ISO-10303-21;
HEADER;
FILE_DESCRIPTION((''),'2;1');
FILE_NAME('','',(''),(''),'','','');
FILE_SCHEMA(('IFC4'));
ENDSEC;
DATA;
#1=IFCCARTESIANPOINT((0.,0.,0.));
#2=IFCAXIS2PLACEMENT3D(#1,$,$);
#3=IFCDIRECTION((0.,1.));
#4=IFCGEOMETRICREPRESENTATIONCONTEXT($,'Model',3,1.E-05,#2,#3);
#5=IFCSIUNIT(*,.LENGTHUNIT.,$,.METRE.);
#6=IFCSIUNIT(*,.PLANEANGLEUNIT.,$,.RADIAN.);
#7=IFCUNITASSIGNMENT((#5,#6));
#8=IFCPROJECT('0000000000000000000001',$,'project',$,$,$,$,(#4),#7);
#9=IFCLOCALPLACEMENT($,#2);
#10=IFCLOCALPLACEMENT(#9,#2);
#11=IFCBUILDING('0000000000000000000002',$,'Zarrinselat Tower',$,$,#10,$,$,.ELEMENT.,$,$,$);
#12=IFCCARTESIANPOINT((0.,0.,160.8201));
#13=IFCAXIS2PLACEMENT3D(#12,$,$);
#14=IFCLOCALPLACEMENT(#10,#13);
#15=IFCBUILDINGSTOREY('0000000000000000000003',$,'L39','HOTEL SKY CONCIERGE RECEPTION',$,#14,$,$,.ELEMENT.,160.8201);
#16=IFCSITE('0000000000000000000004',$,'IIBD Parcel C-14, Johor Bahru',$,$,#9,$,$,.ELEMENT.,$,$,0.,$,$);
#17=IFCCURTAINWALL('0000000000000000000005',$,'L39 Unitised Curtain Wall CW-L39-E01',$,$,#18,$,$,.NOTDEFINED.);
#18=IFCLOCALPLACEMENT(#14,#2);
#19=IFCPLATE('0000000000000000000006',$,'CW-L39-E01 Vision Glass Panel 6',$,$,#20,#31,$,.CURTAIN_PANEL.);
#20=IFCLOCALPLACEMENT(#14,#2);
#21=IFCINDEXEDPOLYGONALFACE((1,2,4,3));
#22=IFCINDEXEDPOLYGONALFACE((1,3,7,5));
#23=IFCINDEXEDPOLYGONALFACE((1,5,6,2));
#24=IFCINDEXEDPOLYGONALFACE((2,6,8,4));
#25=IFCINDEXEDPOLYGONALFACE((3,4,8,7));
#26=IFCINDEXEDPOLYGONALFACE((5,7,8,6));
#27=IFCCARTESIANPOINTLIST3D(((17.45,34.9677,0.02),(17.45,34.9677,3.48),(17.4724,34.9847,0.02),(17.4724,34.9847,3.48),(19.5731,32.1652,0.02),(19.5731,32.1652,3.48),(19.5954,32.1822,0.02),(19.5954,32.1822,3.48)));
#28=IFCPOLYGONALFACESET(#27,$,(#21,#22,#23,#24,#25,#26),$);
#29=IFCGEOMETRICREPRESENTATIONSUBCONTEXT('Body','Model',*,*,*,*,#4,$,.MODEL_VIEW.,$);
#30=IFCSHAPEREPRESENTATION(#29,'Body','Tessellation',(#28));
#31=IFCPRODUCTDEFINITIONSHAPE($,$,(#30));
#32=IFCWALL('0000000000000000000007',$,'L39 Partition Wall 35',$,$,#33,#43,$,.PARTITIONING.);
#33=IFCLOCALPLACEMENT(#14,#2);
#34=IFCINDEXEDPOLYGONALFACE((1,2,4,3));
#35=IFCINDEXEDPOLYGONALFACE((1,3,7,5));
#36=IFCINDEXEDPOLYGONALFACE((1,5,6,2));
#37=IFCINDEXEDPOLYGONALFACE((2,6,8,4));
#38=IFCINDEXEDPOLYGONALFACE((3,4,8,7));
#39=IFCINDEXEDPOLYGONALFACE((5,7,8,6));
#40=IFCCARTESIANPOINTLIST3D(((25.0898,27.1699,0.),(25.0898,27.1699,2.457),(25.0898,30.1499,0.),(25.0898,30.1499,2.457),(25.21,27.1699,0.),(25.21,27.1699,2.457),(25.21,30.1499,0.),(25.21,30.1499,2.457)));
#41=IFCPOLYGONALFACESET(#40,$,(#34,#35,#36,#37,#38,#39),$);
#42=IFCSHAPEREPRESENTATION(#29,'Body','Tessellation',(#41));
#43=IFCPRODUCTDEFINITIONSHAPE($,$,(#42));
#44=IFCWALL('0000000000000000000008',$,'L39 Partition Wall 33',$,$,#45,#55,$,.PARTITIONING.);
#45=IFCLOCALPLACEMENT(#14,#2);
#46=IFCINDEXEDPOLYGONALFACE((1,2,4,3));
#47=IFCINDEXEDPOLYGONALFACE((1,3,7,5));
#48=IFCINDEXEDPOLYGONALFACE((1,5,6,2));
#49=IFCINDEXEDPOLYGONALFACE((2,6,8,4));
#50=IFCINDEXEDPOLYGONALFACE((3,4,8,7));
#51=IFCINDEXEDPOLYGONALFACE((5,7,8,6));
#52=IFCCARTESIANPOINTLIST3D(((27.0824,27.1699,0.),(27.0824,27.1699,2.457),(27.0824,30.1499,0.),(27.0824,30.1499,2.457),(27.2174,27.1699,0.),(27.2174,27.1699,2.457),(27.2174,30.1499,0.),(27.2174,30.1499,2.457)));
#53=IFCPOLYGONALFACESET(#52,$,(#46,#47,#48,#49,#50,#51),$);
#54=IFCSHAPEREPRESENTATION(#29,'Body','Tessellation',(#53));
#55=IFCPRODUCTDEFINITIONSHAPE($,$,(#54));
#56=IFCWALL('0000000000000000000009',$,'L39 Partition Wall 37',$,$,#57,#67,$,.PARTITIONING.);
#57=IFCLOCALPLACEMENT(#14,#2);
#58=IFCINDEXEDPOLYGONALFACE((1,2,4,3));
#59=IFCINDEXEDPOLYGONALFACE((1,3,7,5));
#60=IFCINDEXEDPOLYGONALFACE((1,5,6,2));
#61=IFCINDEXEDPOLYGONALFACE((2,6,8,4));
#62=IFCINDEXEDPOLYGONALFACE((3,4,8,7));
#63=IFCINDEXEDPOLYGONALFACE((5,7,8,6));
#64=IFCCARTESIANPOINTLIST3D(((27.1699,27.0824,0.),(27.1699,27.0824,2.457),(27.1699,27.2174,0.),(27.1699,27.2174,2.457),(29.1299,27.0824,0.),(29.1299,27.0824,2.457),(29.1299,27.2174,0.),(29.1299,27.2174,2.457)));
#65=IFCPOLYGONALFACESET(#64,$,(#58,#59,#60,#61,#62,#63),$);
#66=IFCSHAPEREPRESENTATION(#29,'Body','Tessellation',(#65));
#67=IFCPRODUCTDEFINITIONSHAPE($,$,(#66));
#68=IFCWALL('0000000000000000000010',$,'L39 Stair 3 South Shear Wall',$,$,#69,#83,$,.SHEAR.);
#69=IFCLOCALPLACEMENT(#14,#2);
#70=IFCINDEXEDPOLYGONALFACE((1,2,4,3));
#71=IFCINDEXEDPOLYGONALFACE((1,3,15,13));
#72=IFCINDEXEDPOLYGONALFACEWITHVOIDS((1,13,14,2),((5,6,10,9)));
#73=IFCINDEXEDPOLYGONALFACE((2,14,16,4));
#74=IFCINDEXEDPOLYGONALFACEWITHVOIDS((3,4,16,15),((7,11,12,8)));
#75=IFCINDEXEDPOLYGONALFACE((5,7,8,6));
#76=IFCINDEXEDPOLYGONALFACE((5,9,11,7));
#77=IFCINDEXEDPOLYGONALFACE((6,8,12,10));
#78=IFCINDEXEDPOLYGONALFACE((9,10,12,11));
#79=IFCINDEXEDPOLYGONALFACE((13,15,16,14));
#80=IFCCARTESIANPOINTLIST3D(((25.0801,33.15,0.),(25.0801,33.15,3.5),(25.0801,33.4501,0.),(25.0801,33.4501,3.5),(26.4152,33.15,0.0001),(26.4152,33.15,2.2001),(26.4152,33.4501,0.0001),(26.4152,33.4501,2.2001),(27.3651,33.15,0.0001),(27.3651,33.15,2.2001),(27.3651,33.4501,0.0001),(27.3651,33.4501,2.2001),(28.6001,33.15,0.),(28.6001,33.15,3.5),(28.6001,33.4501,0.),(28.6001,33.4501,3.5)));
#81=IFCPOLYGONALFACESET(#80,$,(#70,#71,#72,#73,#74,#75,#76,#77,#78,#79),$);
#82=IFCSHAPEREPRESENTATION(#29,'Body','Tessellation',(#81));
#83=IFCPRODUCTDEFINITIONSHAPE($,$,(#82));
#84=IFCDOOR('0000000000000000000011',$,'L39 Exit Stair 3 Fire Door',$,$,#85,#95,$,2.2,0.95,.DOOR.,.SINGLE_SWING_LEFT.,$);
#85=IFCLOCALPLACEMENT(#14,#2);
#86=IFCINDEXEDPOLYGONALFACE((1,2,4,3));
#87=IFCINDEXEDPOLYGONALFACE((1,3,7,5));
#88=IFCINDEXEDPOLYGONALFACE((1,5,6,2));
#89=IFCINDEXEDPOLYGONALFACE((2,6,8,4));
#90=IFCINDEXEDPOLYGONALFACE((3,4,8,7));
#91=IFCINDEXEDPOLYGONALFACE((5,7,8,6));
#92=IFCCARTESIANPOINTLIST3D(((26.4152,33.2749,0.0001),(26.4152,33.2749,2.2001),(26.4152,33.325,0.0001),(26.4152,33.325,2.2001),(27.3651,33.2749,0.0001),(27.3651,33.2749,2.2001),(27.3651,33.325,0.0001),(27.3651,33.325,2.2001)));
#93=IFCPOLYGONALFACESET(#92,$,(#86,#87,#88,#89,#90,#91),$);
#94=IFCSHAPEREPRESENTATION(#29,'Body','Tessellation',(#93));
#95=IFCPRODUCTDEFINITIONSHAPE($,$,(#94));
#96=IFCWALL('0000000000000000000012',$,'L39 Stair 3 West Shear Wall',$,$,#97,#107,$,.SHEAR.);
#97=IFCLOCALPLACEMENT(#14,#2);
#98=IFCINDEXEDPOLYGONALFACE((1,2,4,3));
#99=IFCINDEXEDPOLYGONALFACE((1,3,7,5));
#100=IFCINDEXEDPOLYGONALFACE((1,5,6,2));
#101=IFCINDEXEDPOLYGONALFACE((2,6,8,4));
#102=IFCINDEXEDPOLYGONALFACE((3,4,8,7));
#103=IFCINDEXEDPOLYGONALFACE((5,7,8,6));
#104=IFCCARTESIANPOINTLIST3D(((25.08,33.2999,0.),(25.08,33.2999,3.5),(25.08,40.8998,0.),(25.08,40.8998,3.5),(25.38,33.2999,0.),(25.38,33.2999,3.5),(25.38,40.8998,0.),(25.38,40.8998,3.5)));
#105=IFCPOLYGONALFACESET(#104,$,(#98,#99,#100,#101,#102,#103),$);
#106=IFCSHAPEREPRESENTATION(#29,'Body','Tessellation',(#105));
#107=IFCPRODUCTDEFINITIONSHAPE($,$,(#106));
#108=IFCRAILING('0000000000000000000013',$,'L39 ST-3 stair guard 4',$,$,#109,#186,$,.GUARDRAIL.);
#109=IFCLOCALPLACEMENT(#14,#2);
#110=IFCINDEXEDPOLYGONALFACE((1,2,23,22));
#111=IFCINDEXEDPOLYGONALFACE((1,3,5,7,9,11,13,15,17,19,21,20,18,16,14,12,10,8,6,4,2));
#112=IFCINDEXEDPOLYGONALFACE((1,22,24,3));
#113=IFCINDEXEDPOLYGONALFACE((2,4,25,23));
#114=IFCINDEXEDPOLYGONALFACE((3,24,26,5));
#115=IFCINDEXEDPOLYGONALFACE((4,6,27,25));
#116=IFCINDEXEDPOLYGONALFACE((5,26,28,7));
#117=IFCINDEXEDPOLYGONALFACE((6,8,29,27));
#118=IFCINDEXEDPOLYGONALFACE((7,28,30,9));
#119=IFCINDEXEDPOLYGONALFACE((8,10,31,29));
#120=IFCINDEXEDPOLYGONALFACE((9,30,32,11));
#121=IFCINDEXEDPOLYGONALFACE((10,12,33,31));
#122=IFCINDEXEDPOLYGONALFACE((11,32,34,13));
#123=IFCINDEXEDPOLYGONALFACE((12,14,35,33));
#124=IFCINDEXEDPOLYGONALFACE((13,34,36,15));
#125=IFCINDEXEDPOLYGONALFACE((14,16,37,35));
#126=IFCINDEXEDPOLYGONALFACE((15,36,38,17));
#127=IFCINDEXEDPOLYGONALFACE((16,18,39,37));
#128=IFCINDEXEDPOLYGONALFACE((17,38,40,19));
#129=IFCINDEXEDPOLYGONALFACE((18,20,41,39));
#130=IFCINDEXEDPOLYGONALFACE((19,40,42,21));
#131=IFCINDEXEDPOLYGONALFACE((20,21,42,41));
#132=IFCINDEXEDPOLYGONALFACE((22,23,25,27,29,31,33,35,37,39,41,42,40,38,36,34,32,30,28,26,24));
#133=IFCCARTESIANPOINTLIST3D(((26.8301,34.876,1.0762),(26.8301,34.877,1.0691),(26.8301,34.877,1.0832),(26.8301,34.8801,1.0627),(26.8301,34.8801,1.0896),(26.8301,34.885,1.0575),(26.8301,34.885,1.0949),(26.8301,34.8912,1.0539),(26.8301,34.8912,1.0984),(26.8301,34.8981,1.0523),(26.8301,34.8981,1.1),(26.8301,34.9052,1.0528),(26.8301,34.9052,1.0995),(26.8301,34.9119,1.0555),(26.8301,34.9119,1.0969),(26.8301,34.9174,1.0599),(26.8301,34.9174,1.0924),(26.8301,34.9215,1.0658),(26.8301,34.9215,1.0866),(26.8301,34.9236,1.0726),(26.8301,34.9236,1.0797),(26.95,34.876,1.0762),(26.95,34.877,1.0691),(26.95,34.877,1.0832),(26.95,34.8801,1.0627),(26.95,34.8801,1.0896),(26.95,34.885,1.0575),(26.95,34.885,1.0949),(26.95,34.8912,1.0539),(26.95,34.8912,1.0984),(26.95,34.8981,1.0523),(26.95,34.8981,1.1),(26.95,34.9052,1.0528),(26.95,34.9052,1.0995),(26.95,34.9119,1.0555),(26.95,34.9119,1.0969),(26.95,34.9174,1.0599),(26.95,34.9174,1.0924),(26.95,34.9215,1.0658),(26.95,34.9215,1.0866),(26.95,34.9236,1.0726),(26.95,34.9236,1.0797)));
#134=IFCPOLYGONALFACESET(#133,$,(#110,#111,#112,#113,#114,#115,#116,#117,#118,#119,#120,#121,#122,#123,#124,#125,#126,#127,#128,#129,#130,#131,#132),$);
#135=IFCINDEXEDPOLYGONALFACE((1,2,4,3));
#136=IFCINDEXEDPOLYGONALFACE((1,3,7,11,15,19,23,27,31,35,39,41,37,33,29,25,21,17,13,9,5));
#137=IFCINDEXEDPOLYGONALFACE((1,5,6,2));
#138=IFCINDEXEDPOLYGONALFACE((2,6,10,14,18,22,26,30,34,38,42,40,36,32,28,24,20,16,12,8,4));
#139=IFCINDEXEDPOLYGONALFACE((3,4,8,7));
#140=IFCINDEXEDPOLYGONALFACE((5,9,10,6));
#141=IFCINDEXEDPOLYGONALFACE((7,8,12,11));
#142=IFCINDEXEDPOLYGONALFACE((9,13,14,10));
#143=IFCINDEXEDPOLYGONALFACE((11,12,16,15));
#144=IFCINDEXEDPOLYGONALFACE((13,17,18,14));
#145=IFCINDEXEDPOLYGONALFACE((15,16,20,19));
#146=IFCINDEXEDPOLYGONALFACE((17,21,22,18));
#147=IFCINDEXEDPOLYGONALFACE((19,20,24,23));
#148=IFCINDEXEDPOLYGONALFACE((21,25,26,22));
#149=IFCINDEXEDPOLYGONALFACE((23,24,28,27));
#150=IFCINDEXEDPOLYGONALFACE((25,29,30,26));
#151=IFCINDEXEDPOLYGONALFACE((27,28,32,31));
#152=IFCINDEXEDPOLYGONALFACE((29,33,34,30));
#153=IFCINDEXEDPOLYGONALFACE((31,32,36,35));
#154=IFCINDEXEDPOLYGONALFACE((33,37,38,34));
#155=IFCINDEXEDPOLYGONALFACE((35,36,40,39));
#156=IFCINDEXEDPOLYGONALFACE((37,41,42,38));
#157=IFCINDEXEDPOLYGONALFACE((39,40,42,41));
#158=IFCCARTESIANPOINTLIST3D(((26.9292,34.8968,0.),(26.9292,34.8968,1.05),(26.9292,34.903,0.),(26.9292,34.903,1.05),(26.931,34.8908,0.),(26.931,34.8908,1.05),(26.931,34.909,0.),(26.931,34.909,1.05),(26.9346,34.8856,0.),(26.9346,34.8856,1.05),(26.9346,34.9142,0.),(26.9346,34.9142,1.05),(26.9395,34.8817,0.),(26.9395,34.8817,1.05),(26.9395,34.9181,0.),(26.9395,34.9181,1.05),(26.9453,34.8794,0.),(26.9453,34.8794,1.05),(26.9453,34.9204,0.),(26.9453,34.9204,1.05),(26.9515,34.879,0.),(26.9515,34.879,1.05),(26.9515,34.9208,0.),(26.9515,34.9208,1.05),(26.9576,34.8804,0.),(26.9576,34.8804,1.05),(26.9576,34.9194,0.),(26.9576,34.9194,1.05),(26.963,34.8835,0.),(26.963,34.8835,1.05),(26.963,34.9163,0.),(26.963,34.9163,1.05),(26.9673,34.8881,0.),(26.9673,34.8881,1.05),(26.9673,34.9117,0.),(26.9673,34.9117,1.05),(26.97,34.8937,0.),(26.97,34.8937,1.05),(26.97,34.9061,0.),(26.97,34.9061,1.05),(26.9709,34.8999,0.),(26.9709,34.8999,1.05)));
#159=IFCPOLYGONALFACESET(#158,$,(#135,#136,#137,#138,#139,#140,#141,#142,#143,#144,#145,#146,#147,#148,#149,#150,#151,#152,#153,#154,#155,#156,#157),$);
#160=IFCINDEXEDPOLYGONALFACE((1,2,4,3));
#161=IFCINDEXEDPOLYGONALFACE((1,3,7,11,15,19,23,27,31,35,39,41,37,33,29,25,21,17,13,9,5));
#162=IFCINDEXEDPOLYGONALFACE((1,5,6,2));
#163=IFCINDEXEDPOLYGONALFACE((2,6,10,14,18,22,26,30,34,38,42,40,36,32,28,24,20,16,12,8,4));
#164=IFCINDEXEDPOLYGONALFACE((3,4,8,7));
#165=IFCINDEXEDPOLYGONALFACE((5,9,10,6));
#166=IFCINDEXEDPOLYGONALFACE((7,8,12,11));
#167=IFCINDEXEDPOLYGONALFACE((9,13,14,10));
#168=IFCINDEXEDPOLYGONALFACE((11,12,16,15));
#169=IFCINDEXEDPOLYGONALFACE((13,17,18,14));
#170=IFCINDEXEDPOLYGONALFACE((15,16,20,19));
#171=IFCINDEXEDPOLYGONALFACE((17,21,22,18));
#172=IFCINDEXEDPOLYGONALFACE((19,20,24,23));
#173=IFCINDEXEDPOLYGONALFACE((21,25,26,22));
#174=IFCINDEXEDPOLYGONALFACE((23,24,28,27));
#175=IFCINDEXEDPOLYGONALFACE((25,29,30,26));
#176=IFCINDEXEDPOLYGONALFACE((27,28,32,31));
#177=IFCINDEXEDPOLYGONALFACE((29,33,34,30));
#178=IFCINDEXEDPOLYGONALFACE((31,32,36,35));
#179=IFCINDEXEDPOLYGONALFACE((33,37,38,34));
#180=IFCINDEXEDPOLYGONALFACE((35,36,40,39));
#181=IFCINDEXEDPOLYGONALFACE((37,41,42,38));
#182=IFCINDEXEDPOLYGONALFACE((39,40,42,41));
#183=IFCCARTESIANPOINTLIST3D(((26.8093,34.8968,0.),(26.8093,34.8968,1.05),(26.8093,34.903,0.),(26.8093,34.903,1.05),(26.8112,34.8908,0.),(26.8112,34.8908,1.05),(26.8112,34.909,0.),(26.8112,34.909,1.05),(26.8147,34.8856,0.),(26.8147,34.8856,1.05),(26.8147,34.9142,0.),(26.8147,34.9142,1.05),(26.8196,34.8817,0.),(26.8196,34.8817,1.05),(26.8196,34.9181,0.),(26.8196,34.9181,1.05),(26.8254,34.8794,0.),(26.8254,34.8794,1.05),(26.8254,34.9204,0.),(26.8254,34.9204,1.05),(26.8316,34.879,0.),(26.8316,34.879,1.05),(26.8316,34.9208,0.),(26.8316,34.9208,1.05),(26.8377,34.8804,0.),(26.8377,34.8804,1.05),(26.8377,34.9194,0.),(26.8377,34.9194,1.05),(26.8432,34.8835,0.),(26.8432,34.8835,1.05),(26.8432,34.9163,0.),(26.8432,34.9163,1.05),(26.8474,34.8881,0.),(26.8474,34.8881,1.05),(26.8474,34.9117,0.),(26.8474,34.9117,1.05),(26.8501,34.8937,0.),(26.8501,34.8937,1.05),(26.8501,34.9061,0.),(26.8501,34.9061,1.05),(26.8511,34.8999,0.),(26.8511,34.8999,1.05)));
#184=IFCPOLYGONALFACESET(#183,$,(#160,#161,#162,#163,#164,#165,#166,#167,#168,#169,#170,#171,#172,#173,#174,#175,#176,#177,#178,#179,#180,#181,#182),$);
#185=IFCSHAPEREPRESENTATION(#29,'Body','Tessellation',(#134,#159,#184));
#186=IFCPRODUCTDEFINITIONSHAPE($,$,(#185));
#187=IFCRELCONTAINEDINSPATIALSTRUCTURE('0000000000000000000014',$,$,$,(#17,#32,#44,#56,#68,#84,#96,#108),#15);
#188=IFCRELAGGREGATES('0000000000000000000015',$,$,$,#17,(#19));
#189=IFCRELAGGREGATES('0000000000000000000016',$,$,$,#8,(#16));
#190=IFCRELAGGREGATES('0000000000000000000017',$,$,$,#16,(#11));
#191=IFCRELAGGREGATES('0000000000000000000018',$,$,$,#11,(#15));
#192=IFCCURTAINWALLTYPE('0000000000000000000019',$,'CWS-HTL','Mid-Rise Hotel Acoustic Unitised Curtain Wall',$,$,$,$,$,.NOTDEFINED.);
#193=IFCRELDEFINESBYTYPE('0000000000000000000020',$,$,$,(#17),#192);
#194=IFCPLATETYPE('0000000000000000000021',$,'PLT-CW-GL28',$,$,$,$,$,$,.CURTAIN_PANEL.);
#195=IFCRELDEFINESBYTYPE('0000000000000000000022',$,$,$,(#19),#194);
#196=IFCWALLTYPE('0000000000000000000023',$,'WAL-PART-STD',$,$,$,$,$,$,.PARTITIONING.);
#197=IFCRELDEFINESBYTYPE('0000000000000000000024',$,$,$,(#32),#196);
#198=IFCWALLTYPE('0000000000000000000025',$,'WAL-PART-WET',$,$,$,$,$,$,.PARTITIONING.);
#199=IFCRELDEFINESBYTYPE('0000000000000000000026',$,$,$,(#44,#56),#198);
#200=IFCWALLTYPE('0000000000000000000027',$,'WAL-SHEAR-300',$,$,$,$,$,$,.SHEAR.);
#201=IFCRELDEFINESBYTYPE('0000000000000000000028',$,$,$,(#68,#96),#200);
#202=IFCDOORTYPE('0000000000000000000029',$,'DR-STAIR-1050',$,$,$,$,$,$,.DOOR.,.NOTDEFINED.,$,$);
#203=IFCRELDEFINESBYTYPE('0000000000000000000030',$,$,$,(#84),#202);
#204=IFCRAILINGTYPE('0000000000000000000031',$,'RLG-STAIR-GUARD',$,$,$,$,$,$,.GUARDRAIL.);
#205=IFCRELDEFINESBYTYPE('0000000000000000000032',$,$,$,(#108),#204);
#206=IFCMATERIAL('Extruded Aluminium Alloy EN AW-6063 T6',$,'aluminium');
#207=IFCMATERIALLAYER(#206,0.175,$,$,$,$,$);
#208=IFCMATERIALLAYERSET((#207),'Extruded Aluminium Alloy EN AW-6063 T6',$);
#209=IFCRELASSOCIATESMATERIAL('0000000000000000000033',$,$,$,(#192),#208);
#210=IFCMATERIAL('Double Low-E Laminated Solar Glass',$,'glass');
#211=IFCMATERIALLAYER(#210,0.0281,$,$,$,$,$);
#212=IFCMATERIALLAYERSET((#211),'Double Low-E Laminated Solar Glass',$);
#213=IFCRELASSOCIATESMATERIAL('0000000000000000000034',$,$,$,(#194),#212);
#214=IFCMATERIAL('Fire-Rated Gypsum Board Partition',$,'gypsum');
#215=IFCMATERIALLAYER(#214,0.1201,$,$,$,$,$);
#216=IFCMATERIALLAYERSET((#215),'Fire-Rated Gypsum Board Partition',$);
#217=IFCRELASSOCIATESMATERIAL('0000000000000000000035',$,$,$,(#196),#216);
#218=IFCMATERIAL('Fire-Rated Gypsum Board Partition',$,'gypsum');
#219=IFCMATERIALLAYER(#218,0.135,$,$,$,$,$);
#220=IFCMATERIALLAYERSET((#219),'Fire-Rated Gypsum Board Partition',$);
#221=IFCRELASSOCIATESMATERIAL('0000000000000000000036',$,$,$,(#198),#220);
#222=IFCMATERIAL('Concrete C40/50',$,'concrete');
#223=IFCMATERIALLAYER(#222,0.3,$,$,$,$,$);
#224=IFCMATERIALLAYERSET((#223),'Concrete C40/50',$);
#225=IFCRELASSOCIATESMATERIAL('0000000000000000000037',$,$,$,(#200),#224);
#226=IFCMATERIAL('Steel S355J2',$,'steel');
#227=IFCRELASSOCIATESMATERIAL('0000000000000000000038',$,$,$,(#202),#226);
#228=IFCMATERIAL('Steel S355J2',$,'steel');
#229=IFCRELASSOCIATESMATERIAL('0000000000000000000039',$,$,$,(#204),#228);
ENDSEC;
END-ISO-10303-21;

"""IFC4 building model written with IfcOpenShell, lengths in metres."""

from ifc_helpers import new_model, si_unit, direction, frame, frame_2d, origin, origin_2d, place, context, subcontext, project, spatial, rectangle, circle, extrude, material, layer, layer_set, type_object, element, fill, aggregate, save


model = new_model("IFC4")

# Units and contexts
model_context = context("Model", 3, precision=1e-05, world=origin(), true_north=direction((0.0, 1.0)))
body_context = subcontext(model_context, "Body", "Model", "MODEL_VIEW")
ifc_project = project(units=[si_unit("LENGTHUNIT", "METRE"), si_unit("PLANEANGLEUNIT", "RADIAN")], contexts=[model_context])

# Site, building, storey
site_placement = place(None, origin())
site = spatial("IfcSite", under=ifc_project, at=site_placement, Name="IIBD Parcel C-14, Johor Bahru", CompositionType="ELEMENT", RefElevation=0.0)
building_placement = place(site_placement, origin())
building = spatial("IfcBuilding", under=site, at=building_placement, Name="Zarrinselat Tower", CompositionType="ELEMENT")
storey_placement = place(building_placement, frame((0.0, 0.0, 160.8201)))
storey = spatial("IfcBuildingStorey", under=building, at=storey_placement, Name="L39", Description="HOTEL SKY CONCIERGE RECEPTION", CompositionType="ELEMENT", Elevation=160.8201)

# Curtain wall, plate
ifc_material_1 = material(Name="Extruded Aluminium Alloy EN AW-6063 T6", Category="aluminium")
ifc_layer_1 = layer(ifc_material_1, 0.175)
ifc_layer_set_1 = layer_set([ifc_layer_1], Name="Extruded Aluminium Alloy EN AW-6063 T6")
curtain_wall_type = type_object("IfcCurtainWallType", Name="CWS-HTL", Description="Mid-Rise Hotel Acoustic Unitised Curtain Wall", PredefinedType="NOTDEFINED", material=ifc_layer_set_1)
curtain_wall_placement = place(storey_placement, origin())
curtain_wall = element("IfcCurtainWall", 1, at=curtain_wall_placement, inside=storey, type_object=curtain_wall_type, Name="L39 Unitised Curtain Wall CW-L39-E01", PredefinedType="NOTDEFINED")
ifc_material_2 = material(Name="Double Low-E Laminated Solar Glass", Category="glass")
ifc_layer_2 = layer(ifc_material_2, 0.0281)
ifc_layer_set_2 = layer_set([ifc_layer_2], Name="Double Low-E Laminated Solar Glass")
plate_type = type_object("IfcPlateType", Name="PLT-CW-GL28", PredefinedType="CURTAIN_PANEL", material=ifc_layer_set_2)
plate_1_placement = place(storey_placement, frame((18.5227, 33.575, 0.02), z_axis=(0.0, 0.0, 1.0), x_axis=(-0.603858, 0.797092, 0.0)))
plate_1 = element("IfcPlate", 2, at=plate_1_placement, type_object=plate_type, Name="CW-L39-E01 Vision Glass Panel 6", PredefinedType="CURTAIN_PANEL", context=body_context, shape_type="SweptSolid", body=[
    extrude(rectangle(XDim=3.5159, YDim=0.0281, at=origin_2d()), origin(), (0.0, 0.0, 1.0), 3.46),
])
aggregate(curtain_wall, [plate_1])

# Walls
ifc_material_3 = material(Name="Fire-Rated Gypsum Board Partition", Category="gypsum")
ifc_layer_3 = layer(ifc_material_3, 0.1201)
ifc_layer_set_3 = layer_set([ifc_layer_3], Name="Fire-Rated Gypsum Board Partition")
wall_type_1 = type_object("IfcWallType", Name="WAL-PART-STD", PredefinedType="PARTITIONING", material=ifc_layer_set_3)
wall_1_placement = place(storey_placement, frame((25.1499, 27.1699, 0.0), z_axis=(0.0, 0.0, 1.0), x_axis=(0.0, 1.0, 0.0)))
element("IfcWall", 3, at=wall_1_placement, inside=storey, type_object=wall_type_1, Name="L39 Partition Wall 35", PredefinedType="PARTITIONING", context=body_context, shape_type="SweptSolid", body=[
    extrude(rectangle(XDim=2.98, YDim=0.1201, at=frame_2d((1.49, 0.0))), origin(), (0.0, 0.0, 1.0), 2.457),
])
ifc_material_4 = material(Name="Fire-Rated Gypsum Board Partition", Category="gypsum")
ifc_layer_4 = layer(ifc_material_4, 0.135)
ifc_layer_set_4 = layer_set([ifc_layer_4], Name="Fire-Rated Gypsum Board Partition")
wall_type_2 = type_object("IfcWallType", Name="WAL-PART-WET", PredefinedType="PARTITIONING", material=ifc_layer_set_4)
wall_2_placement = place(storey_placement, frame((27.1499, 27.1699, 0.0), z_axis=(0.0, 0.0, 1.0), x_axis=(0.0, 1.0, 0.0)))
element("IfcWall", 4, at=wall_2_placement, inside=storey, type_object=wall_type_2, Name="L39 Partition Wall 33", PredefinedType="PARTITIONING", context=body_context, shape_type="SweptSolid", body=[
    extrude(rectangle(XDim=2.98, YDim=0.135, at=frame_2d((1.49, 0.0))), origin(), (0.0, 0.0, 1.0), 2.457),
])
wall_3_placement = place(storey_placement, frame((27.1699, 27.1499, 0.0), z_axis=(0.0, 0.0, 1.0), x_axis=(1.0, 0.0, 0.0)))
element("IfcWall", 5, at=wall_3_placement, inside=storey, type_object=wall_type_2, Name="L39 Partition Wall 37", PredefinedType="PARTITIONING", context=body_context, shape_type="SweptSolid", body=[
    extrude(rectangle(XDim=1.96, YDim=0.135, at=frame_2d((0.98, 0.0))), origin(), (0.0, 0.0, 1.0), 2.457),
])

# Wall, opening, door
ifc_material_5 = material(Name="Concrete C40/50", Category="concrete")
ifc_layer_5 = layer(ifc_material_5, 0.3)
ifc_layer_set_5 = layer_set([ifc_layer_5], Name="Concrete C40/50")
wall_type_3 = type_object("IfcWallType", Name="WAL-SHEAR-300", PredefinedType="SHEAR", material=ifc_layer_set_5)
wall_4_placement = place(storey_placement, frame((25.0801, 33.3, 0.0), z_axis=(0.0, 0.0, 1.0), x_axis=(1.0, 0.0, 0.0)))
wall_4 = element("IfcWall", 6, at=wall_4_placement, inside=storey, type_object=wall_type_3, Name="L39 Stair 3 South Shear Wall", PredefinedType="SHEAR", context=body_context, shape_type="SweptSolid", body=[
    extrude(rectangle(XDim=3.52, YDim=0.3, at=frame_2d((1.76, 0.0))), origin(), (0.0, 0.0, 1.0), 3.5),
])
opening_1_placement = place(wall_4_placement, frame((1.335, 0.0, 0.0)))
opening_1 = element("IfcOpeningElement", 7, at=opening_1_placement, cuts=wall_4, PredefinedType="OPENING", context=body_context, shape_type="SweptSolid", body=[
    extrude(rectangle(XDim=0.95, YDim=2.2, at=frame_2d((0.4751, 1.1001))), frame((0.0, 0.1599, 0.0), z_axis=(0.0, -1.0, 0.0), x_axis=(1.0, 0.0, 0.0)), (0.0, 0.0, 1.0), 0.3201),
])
ifc_material_6 = material(Name="Steel S355J2", Category="steel")
door_type_1 = type_object("IfcDoorType", Name="DR-STAIR-1050", OperationType="NOTDEFINED", PredefinedType="DOOR", material=ifc_material_6)
door_1_placement = place(opening_1_placement, origin())
door_1 = element("IfcDoor", 8, at=door_1_placement, inside=storey, type_object=door_type_1, Name="L39 Exit Stair 3 Fire Door", OperationType="SINGLE_SWING_LEFT", OverallHeight=2.2, OverallWidth=0.95, PredefinedType="DOOR", context=body_context, shape_type="SweptSolid", body=[
    extrude(rectangle(XDim=0.95, YDim=2.2, at=frame_2d((0.4751, 1.1001))), frame((0.0, 0.0249, 0.0), z_axis=(0.0, -1.0, 0.0), x_axis=(1.0, 0.0, 0.0)), (0.0, 0.0, 1.0), 0.05),
])
fill(opening_1, door_1)

# Wall
wall_5_placement = place(storey_placement, frame((25.23, 33.3, 0.0), z_axis=(0.0, 0.0, 1.0), x_axis=(0.0, 1.0, 0.0)))
element("IfcWall", 9, at=wall_5_placement, inside=storey, type_object=wall_type_3, Name="L39 Stair 3 West Shear Wall", PredefinedType="SHEAR", context=body_context, shape_type="SweptSolid", body=[
    extrude(rectangle(XDim=7.5999, YDim=0.3, at=frame_2d((3.7998, 0.0))), origin(), (0.0, 0.0, 1.0), 3.5),
])

# Railing
ifc_material_7 = material(Name="Steel S355J2", Category="steel")
railing_type = type_object("IfcRailingType", Name="RLG-STAIR-GUARD", PredefinedType="GUARDRAIL", material=ifc_material_7)
railing_placement = place(storey_placement, frame((26.95, 34.8999, 0.0)))
element("IfcRailing", 10, at=railing_placement, inside=storey, type_object=railing_type, Name="L39 ST-3 stair guard 4", PredefinedType="GUARDRAIL", context=body_context, shape_type="SweptSolid", body=[
    extrude(circle(Radius=0.0239, at=origin_2d()), frame((0.0, 0.0, 1.0762), z_axis=(-1.0, 0.0, 0.0), x_axis=(0.0, -1.0, 0.0)), (0.0, 0.0, 1.0), 0.1199),
    extrude(circle(Radius=0.021, at=origin_2d()), origin(), (0.0, 0.0, 1.0), 1.05),
    extrude(circle(Radius=0.021, at=origin_2d()), frame((-0.1199, 0.0, 0.0)), (0.0, 0.0, 1.0), 1.05),
])

save(model, "model.ifc")
